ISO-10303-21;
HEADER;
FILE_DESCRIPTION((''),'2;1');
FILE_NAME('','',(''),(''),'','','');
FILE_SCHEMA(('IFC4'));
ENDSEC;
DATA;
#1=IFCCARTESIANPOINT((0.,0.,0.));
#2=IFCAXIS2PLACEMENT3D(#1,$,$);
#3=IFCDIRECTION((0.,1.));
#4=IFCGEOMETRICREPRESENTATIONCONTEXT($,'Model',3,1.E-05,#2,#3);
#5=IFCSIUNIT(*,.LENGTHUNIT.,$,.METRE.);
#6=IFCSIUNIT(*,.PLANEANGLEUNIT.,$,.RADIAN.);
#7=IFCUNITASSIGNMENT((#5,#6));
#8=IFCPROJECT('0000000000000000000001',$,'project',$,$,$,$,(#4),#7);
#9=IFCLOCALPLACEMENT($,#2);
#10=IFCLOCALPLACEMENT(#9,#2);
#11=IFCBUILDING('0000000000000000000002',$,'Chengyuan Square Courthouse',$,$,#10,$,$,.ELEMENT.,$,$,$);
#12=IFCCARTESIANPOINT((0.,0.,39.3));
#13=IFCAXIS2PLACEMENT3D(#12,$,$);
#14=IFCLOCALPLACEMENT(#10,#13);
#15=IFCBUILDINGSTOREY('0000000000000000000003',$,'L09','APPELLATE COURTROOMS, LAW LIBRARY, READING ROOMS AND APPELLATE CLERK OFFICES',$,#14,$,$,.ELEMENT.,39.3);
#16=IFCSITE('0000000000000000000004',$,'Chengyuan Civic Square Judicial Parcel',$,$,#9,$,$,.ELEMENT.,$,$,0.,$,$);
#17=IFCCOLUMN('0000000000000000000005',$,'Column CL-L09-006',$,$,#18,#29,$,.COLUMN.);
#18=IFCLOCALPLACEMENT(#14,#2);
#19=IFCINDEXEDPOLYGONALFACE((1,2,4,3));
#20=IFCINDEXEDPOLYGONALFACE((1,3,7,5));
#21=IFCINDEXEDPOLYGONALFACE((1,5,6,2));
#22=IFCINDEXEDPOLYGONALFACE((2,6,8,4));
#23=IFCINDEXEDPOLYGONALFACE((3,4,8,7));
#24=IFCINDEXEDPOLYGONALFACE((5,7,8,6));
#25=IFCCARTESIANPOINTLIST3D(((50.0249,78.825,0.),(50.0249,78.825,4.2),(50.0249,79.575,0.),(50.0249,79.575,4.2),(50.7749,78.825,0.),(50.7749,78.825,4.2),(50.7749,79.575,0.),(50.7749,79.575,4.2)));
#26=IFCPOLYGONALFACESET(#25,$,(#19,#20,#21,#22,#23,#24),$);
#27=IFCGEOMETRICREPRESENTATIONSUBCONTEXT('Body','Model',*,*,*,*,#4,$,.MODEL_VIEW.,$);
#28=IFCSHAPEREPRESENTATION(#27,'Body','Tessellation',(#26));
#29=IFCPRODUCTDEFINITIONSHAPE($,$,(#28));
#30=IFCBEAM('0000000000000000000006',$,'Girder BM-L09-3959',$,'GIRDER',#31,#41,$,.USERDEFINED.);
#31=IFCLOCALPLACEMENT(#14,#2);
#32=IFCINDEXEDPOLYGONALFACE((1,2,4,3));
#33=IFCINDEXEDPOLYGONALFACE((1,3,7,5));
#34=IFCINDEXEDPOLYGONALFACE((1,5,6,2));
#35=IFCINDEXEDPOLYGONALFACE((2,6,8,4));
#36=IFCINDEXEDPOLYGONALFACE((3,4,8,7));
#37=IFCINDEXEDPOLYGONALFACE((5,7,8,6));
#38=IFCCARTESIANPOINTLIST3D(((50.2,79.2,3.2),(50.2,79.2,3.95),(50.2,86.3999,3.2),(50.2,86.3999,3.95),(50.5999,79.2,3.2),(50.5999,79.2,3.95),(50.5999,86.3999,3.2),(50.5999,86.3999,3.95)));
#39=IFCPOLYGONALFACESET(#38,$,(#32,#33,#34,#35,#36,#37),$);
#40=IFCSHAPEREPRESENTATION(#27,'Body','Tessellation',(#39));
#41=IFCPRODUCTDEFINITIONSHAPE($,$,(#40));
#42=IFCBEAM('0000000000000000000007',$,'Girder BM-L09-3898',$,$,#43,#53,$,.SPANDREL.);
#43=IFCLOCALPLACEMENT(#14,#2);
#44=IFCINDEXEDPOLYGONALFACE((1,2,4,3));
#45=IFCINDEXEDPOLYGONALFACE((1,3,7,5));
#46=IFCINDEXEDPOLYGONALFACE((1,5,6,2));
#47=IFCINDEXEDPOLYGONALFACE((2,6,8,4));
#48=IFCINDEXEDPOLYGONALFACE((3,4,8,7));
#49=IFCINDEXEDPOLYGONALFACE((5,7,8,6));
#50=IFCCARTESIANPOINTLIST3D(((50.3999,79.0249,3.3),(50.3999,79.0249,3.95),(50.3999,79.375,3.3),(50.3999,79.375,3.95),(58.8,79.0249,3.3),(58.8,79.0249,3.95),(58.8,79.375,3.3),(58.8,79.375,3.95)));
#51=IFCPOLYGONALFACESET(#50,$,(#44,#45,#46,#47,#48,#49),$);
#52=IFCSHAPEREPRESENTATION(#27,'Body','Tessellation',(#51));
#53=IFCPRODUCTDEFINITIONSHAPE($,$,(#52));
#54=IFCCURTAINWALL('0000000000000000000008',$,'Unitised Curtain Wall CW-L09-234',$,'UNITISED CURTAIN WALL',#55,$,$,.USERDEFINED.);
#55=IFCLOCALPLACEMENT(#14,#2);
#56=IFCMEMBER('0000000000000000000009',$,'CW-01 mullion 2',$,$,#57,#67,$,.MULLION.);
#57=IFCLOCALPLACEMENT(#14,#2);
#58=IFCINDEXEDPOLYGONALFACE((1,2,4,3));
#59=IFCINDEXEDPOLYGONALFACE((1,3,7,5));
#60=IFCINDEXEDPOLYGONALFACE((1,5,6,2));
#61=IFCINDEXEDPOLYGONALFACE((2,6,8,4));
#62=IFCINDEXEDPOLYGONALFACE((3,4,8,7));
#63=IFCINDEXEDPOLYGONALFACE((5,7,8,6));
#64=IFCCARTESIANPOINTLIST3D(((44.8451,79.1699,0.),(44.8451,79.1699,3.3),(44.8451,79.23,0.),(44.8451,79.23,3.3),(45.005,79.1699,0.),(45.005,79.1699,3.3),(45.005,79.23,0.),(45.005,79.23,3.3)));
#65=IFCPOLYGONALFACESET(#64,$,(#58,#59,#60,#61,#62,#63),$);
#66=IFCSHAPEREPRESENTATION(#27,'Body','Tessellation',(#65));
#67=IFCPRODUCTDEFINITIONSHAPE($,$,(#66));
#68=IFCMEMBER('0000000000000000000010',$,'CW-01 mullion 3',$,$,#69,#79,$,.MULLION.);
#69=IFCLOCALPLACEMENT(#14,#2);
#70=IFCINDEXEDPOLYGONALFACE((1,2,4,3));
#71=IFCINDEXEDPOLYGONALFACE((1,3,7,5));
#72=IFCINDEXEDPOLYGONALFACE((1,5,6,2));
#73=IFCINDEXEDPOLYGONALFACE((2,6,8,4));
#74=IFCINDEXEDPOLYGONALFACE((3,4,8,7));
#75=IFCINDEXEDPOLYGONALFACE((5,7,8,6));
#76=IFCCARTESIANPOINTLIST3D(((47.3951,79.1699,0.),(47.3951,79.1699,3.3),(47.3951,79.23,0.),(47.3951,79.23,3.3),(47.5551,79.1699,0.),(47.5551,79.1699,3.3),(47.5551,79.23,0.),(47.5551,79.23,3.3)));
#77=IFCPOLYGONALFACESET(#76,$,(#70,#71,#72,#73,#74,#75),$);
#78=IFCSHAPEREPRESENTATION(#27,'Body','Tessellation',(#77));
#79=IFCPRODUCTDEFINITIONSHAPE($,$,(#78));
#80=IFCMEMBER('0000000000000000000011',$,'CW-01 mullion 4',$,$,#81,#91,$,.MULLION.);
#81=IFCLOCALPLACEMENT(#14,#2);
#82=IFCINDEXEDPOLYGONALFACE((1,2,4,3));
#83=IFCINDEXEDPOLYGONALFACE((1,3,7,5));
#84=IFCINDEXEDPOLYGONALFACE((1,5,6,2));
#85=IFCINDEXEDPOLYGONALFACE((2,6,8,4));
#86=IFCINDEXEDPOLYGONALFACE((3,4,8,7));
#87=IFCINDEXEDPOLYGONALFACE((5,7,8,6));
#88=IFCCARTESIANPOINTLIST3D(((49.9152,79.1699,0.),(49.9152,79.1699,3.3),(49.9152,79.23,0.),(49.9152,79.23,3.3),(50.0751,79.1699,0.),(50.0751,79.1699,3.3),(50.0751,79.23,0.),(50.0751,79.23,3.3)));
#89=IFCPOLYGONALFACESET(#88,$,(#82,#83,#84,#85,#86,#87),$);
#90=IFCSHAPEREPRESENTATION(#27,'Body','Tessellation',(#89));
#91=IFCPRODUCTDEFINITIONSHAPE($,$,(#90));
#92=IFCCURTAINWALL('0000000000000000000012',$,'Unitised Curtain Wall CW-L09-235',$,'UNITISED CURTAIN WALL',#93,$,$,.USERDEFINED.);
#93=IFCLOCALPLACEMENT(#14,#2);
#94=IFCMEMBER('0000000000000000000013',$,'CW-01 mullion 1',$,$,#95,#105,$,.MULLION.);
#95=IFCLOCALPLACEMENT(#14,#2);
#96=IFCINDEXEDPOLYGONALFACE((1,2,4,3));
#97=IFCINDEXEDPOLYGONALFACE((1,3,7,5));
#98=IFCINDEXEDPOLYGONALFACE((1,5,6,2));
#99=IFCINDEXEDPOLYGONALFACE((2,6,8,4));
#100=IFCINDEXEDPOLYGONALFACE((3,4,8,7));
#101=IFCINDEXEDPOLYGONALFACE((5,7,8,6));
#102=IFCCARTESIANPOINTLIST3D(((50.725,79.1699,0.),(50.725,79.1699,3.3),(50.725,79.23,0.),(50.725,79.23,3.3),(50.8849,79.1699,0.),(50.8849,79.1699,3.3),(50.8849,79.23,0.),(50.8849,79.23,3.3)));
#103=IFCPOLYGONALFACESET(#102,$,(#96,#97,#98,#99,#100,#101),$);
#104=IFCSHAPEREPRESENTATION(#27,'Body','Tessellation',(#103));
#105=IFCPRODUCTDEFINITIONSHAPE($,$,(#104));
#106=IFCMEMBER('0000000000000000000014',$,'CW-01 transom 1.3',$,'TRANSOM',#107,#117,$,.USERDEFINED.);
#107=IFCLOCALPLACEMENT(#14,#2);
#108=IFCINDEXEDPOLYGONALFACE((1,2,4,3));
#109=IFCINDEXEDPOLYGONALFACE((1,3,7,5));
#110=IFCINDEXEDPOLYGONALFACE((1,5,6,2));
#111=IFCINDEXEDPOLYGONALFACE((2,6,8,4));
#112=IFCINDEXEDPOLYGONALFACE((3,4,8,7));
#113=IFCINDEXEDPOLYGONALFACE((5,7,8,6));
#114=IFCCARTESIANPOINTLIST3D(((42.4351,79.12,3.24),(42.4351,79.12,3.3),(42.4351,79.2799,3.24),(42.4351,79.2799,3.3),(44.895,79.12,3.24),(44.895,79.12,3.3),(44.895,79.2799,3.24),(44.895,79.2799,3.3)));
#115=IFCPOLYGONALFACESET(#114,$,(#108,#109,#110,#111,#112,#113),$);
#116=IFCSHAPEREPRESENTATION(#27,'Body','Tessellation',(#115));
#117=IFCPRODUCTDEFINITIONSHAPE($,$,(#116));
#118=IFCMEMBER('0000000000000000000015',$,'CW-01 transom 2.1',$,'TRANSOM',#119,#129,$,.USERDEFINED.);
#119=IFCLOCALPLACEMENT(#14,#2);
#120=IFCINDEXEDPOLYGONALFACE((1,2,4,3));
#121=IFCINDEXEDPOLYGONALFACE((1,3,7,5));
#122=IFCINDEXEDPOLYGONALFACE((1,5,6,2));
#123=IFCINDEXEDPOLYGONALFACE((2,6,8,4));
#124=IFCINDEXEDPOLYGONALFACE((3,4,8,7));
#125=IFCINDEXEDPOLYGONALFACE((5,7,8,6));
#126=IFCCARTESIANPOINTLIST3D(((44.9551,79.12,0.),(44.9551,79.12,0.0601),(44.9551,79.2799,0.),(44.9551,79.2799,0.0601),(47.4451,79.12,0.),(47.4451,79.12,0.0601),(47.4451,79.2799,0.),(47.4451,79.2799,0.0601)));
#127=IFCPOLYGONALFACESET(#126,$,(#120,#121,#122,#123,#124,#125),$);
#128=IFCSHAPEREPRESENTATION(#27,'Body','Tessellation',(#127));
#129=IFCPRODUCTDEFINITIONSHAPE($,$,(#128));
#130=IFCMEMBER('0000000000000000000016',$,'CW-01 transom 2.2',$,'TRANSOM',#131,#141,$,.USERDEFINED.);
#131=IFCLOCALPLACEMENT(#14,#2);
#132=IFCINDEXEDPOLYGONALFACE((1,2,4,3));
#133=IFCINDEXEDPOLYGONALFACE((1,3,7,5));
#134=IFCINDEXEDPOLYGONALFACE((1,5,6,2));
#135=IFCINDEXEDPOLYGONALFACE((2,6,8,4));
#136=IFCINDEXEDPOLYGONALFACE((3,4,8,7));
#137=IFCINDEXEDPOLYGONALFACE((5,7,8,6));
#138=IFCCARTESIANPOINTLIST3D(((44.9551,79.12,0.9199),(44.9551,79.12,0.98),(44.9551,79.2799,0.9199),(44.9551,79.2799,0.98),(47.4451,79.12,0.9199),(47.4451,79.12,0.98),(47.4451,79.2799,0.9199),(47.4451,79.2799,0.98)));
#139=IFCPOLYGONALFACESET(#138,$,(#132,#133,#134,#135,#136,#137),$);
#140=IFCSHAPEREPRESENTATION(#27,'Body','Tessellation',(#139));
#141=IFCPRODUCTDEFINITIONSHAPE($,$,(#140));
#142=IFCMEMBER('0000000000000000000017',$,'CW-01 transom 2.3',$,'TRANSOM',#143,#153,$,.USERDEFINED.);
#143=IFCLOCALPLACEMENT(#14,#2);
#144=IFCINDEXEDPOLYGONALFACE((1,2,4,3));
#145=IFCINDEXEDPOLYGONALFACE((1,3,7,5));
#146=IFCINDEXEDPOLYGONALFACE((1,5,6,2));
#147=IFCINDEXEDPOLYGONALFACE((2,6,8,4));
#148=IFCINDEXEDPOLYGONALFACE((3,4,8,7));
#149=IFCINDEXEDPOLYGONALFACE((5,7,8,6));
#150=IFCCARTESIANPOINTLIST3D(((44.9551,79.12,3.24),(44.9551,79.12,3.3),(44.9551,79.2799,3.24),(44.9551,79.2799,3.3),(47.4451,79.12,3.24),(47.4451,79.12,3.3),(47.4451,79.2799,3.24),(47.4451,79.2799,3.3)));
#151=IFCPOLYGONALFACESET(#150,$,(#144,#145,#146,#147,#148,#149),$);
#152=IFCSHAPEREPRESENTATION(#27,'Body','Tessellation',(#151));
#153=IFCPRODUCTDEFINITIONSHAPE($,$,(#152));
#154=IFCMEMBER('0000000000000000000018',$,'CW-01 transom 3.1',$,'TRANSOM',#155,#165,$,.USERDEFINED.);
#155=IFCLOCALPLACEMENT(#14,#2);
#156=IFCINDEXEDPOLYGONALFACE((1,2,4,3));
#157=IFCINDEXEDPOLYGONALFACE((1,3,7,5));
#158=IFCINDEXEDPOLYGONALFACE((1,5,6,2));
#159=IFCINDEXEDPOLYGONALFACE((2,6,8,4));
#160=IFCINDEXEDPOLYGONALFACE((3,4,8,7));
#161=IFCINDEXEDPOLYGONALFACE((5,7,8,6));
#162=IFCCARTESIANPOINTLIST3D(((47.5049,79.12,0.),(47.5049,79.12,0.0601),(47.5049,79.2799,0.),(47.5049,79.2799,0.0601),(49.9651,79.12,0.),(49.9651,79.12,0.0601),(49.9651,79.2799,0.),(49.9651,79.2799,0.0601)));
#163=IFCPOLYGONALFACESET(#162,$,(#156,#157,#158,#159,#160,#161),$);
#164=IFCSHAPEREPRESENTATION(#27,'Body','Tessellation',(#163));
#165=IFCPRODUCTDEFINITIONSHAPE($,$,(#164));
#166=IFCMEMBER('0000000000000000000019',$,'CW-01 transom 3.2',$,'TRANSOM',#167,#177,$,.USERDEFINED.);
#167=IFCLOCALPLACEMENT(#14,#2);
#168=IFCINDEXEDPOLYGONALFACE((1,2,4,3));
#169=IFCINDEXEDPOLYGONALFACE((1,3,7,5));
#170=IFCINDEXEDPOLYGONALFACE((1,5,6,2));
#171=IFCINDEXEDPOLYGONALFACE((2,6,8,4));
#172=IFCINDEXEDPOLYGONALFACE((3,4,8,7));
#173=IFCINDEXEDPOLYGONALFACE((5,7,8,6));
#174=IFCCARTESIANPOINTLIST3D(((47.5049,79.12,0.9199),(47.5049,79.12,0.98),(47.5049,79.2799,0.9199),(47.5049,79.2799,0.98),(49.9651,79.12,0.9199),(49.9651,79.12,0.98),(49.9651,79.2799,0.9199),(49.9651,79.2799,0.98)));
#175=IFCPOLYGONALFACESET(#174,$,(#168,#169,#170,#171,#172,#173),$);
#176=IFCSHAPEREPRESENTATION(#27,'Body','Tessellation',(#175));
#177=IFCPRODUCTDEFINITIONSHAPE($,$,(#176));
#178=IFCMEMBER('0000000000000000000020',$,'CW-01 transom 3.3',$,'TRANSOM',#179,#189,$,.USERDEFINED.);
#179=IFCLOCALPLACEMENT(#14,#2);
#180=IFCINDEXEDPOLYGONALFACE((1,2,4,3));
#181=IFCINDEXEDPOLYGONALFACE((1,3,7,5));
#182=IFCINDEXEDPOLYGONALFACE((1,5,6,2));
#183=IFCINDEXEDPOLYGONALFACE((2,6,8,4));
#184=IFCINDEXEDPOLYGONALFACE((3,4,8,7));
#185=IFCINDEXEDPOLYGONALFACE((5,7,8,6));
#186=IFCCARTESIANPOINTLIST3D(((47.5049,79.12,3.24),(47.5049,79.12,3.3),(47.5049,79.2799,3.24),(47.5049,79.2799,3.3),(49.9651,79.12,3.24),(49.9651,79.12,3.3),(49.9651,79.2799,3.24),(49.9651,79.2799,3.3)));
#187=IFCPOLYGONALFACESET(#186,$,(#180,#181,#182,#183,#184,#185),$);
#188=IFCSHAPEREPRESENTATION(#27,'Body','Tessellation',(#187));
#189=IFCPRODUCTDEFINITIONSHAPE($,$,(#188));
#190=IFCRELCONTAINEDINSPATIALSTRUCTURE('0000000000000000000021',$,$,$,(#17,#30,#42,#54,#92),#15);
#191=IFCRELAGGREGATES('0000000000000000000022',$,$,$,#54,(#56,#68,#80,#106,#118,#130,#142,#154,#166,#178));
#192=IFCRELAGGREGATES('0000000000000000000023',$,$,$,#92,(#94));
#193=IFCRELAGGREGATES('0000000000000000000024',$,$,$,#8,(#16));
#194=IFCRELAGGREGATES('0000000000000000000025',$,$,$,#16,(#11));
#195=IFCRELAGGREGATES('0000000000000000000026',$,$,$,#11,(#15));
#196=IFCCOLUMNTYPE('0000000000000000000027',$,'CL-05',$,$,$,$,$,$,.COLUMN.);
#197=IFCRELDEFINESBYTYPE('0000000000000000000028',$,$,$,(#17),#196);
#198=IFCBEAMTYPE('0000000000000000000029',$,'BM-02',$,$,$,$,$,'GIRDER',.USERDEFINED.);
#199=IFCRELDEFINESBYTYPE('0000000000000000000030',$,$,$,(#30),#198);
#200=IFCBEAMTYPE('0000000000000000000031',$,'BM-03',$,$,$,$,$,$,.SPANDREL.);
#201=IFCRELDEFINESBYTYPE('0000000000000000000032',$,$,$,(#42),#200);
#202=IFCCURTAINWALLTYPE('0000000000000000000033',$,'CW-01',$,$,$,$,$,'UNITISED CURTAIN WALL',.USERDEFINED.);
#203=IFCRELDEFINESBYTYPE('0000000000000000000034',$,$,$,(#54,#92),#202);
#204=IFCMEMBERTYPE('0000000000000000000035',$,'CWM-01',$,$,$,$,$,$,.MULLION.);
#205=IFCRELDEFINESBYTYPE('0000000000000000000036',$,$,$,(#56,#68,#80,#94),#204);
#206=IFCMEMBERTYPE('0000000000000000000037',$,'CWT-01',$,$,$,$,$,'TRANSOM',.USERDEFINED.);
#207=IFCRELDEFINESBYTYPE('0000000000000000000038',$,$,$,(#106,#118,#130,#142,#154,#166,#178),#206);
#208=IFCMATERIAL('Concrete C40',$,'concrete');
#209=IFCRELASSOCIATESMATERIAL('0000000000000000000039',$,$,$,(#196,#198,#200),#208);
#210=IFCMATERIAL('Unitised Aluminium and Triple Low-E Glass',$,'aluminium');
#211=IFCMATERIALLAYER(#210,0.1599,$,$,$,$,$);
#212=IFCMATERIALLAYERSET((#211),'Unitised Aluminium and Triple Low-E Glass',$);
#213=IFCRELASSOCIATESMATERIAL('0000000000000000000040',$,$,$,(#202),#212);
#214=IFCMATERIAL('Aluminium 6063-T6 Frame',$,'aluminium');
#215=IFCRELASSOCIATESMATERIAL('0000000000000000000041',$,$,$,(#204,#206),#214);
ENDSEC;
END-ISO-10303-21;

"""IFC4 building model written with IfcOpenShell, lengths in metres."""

from ifc_helpers import new_model, si_unit, direction, frame, origin, origin_2d, place, context, subcontext, project, spatial, rectangle, extrude, material, layer, layer_set, material_profile, profile_set, type_object, element, aggregate, save


model = new_model("IFC4")

# Units and contexts
model_context = context("Model", 3, precision=1e-05, world=origin(), true_north=direction((0.0, 1.0)))
body_context = subcontext(model_context, "Body", "Model", "MODEL_VIEW")
ifc_project = project(units=[si_unit("LENGTHUNIT", "METRE"), si_unit("PLANEANGLEUNIT", "RADIAN")], contexts=[model_context])

# Site, building, storey
site_placement = place(None, origin())
site = spatial("IfcSite", under=ifc_project, at=site_placement, Name="Chengyuan Civic Square Judicial Parcel", CompositionType="ELEMENT", RefElevation=0.0)
building_placement = place(site_placement, origin())
building = spatial("IfcBuilding", under=site, at=building_placement, Name="Chengyuan Square Courthouse", CompositionType="ELEMENT")
storey_placement = place(building_placement, frame((0.0, 0.0, 39.3)))
storey = spatial("IfcBuildingStorey", under=building, at=storey_placement, Name="L09", Description="APPELLATE COURTROOMS, LAW LIBRARY, READING ROOMS AND APPELLATE CLERK OFFICES", CompositionType="ELEMENT", Elevation=39.3)

# Column
ifc_material_1 = material(Name="Concrete C40", Category="concrete")
ifc_material_profile_1 = material_profile(ifc_material_1, rectangle(XDim=0.75, YDim=0.75, at=origin_2d()), Name="RC-COL-750x750")
ifc_profile_set_1 = profile_set([ifc_material_profile_1], Name="Concrete C40")
column_type = type_object("IfcColumnType", Name="CL-05", PredefinedType="COLUMN", material=ifc_profile_set_1)
column_placement = place(storey_placement, frame((50.3999, 79.2, 0.0), z_axis=(0.0, 0.0, 1.0), x_axis=(1.0, 0.0, 0.0)))
element("IfcColumn", 1, at=column_placement, inside=storey, type_object=column_type, Name="Column CL-L09-006", PredefinedType="COLUMN", context=body_context, shape_type="SweptSolid", body=[
    extrude(rectangle(XDim=0.75, YDim=0.75, at=origin_2d()), origin(), (0.0, 0.0, 1.0), 4.2),
])

# Beams
ifc_material_profile_2 = material_profile(ifc_material_1, rectangle(XDim=0.3999, YDim=0.75, at=origin_2d()), Name="RC-BM-400x750")
ifc_profile_set_2 = profile_set([ifc_material_profile_2], Name="Concrete C40")
beam_type_1 = type_object("IfcBeamType", Name="BM-02", ElementType="GIRDER", PredefinedType="USERDEFINED", material=ifc_profile_set_2)
beam_1_placement = place(storey_placement, frame((50.3999, 79.2, 3.575), z_axis=(0.0, 1.0, 0.0), x_axis=(-1.0, 0.0, 0.0)))
element("IfcBeam", 2, at=beam_1_placement, inside=storey, type_object=beam_type_1, Name="Girder BM-L09-3959", ObjectType="GIRDER", PredefinedType="USERDEFINED", context=body_context, shape_type="SweptSolid", body=[
    extrude(rectangle(XDim=0.3999, YDim=0.75, at=origin_2d()), origin(), (0.0, 0.0, 1.0), 7.2),
])
ifc_material_profile_3 = material_profile(ifc_material_1, rectangle(XDim=0.3501, YDim=0.6499, at=origin_2d()), Name="RC-BM-350x650")
ifc_profile_set_3 = profile_set([ifc_material_profile_3], Name="Concrete C40")
beam_type_2 = type_object("IfcBeamType", Name="BM-03", PredefinedType="SPANDREL", material=ifc_profile_set_3)
beam_2_placement = place(storey_placement, frame((50.3999, 79.2, 3.625), z_axis=(1.0, 0.0, 0.0), x_axis=(0.0, 1.0, 0.0)))
element("IfcBeam", 3, at=beam_2_placement, inside=storey, type_object=beam_type_2, Name="Girder BM-L09-3898", PredefinedType="SPANDREL", context=body_context, shape_type="SweptSolid", body=[
    extrude(rectangle(XDim=0.3501, YDim=0.6499, at=origin_2d()), origin(), (0.0, 0.0, 1.0), 8.4001),
])

# Curtain wall, members
ifc_material_2 = material(Name="Unitised Aluminium and Triple Low-E Glass", Category="aluminium")
ifc_layer_1 = layer(ifc_material_2, 0.1599)
ifc_layer_set_1 = layer_set([ifc_layer_1], Name="Unitised Aluminium and Triple Low-E Glass")
curtain_wall_type = type_object("IfcCurtainWallType", Name="CW-01", ElementType="UNITISED CURTAIN WALL", PredefinedType="USERDEFINED", material=ifc_layer_set_1)
curtain_wall_1_placement = place(storey_placement, origin())
curtain_wall_1 = element("IfcCurtainWall", 4, at=curtain_wall_1_placement, inside=storey, type_object=curtain_wall_type, Name="Unitised Curtain Wall CW-L09-234", ObjectType="UNITISED CURTAIN WALL", PredefinedType="USERDEFINED")
ifc_material_3 = material(Name="Aluminium 6063-T6 Frame", Category="aluminium")
ifc_material_profile_4 = material_profile(ifc_material_3, rectangle(XDim=0.0601, YDim=0.1599, at=origin_2d()), Name="CW-MUL-60x160")
ifc_profile_set_4 = profile_set([ifc_material_profile_4], Name="Aluminium 6063-T6 Frame")
member_type_1 = type_object("IfcMemberType", Name="CWM-01", PredefinedType="MULLION", material=ifc_profile_set_4)
member_1_placement = place(storey_placement, frame((44.925, 79.2, 0.0), z_axis=(0.0, 0.0, 1.0), x_axis=(0.0, 1.0, 0.0)))
member_1 = element("IfcMember", 5, at=member_1_placement, type_object=member_type_1, Name="CW-01 mullion 2", PredefinedType="MULLION", context=body_context, shape_type="SweptSolid", body=[
    extrude(rectangle(XDim=0.0601, YDim=0.1599, at=origin_2d()), origin(), (0.0, 0.0, 1.0), 3.3),
])
member_2_placement = place(storey_placement, frame((47.4751, 79.2, 0.0), z_axis=(0.0, 0.0, 1.0), x_axis=(0.0, 1.0, 0.0)))
member_2 = element("IfcMember", 6, at=member_2_placement, type_object=member_type_1, Name="CW-01 mullion 3", PredefinedType="MULLION", context=body_context, shape_type="SweptSolid", body=[
    extrude(rectangle(XDim=0.0601, YDim=0.1599, at=origin_2d()), origin(), (0.0, 0.0, 1.0), 3.3),
])
member_3_placement = place(storey_placement, frame((49.9951, 79.2, 0.0), z_axis=(0.0, 0.0, 1.0), x_axis=(0.0, 1.0, 0.0)))
member_3 = element("IfcMember", 7, at=member_3_placement, type_object=member_type_1, Name="CW-01 mullion 4", PredefinedType="MULLION", context=body_context, shape_type="SweptSolid", body=[
    extrude(rectangle(XDim=0.0601, YDim=0.1599, at=origin_2d()), origin(), (0.0, 0.0, 1.0), 3.3),
])

# Curtain wall, member
curtain_wall_2_placement = place(storey_placement, origin())
curtain_wall_2 = element("IfcCurtainWall", 8, at=curtain_wall_2_placement, inside=storey, type_object=curtain_wall_type, Name="Unitised Curtain Wall CW-L09-235", ObjectType="UNITISED CURTAIN WALL", PredefinedType="USERDEFINED")
member_4_placement = place(storey_placement, frame((50.8049, 79.2, 0.0), z_axis=(0.0, 0.0, 1.0), x_axis=(0.0, 1.0, 0.0)))
member_4 = element("IfcMember", 9, at=member_4_placement, type_object=member_type_1, Name="CW-01 mullion 1", PredefinedType="MULLION", context=body_context, shape_type="SweptSolid", body=[
    extrude(rectangle(XDim=0.0601, YDim=0.1599, at=origin_2d()), origin(), (0.0, 0.0, 1.0), 3.3),
])

# Members
ifc_material_profile_5 = material_profile(ifc_material_3, rectangle(XDim=0.1599, YDim=0.0601, at=origin_2d()), Name="CW-TRN-60x120")
ifc_profile_set_5 = profile_set([ifc_material_profile_5], Name="Aluminium 6063-T6 Frame")
member_type_2 = type_object("IfcMemberType", Name="CWT-01", ElementType="TRANSOM", PredefinedType="USERDEFINED", material=ifc_profile_set_5)
member_5_placement = place(storey_placement, frame((42.4351, 79.2, 3.27), z_axis=(1.0, 0.0, 0.0), x_axis=(0.0, 1.0, 0.0)))
member_5 = element("IfcMember", 10, at=member_5_placement, type_object=member_type_2, Name="CW-01 transom 1.3", ObjectType="TRANSOM", PredefinedType="USERDEFINED", context=body_context, shape_type="SweptSolid", body=[
    extrude(rectangle(XDim=0.1599, YDim=0.0601, at=origin_2d()), origin(), (0.0, 0.0, 1.0), 2.46),
])
member_6_placement = place(storey_placement, frame((44.9551, 79.2, 0.03), z_axis=(1.0, 0.0, 0.0), x_axis=(0.0, 1.0, 0.0)))
member_6 = element("IfcMember", 11, at=member_6_placement, type_object=member_type_2, Name="CW-01 transom 2.1", ObjectType="TRANSOM", PredefinedType="USERDEFINED", context=body_context, shape_type="SweptSolid", body=[
    extrude(rectangle(XDim=0.1599, YDim=0.0601, at=origin_2d()), origin(), (0.0, 0.0, 1.0), 2.49),
])
member_7_placement = place(storey_placement, frame((44.9551, 79.2, 0.95), z_axis=(1.0, 0.0, 0.0), x_axis=(0.0, 1.0, 0.0)))
member_7 = element("IfcMember", 12, at=member_7_placement, type_object=member_type_2, Name="CW-01 transom 2.2", ObjectType="TRANSOM", PredefinedType="USERDEFINED", context=body_context, shape_type="SweptSolid", body=[
    extrude(rectangle(XDim=0.1599, YDim=0.0601, at=origin_2d()), origin(), (0.0, 0.0, 1.0), 2.49),
])
member_8_placement = place(storey_placement, frame((44.9551, 79.2, 3.27), z_axis=(1.0, 0.0, 0.0), x_axis=(0.0, 1.0, 0.0)))
member_8 = element("IfcMember", 13, at=member_8_placement, type_object=member_type_2, Name="CW-01 transom 2.3", ObjectType="TRANSOM", PredefinedType="USERDEFINED", context=body_context, shape_type="SweptSolid", body=[
    extrude(rectangle(XDim=0.1599, YDim=0.0601, at=origin_2d()), origin(), (0.0, 0.0, 1.0), 2.49),
])
member_9_placement = place(storey_placement, frame((47.5049, 79.2, 0.03), z_axis=(1.0, 0.0, 0.0), x_axis=(0.0, 1.0, 0.0)))
member_9 = element("IfcMember", 14, at=member_9_placement, type_object=member_type_2, Name="CW-01 transom 3.1", ObjectType="TRANSOM", PredefinedType="USERDEFINED", context=body_context, shape_type="SweptSolid", body=[
    extrude(rectangle(XDim=0.1599, YDim=0.0601, at=origin_2d()), origin(), (0.0, 0.0, 1.0), 2.4602),
])
member_10_placement = place(storey_placement, frame((47.5049, 79.2, 0.95), z_axis=(1.0, 0.0, 0.0), x_axis=(0.0, 1.0, 0.0)))
member_10 = element("IfcMember", 15, at=member_10_placement, type_object=member_type_2, Name="CW-01 transom 3.2", ObjectType="TRANSOM", PredefinedType="USERDEFINED", context=body_context, shape_type="SweptSolid", body=[
    extrude(rectangle(XDim=0.1599, YDim=0.0601, at=origin_2d()), origin(), (0.0, 0.0, 1.0), 2.4602),
])
member_11_placement = place(storey_placement, frame((47.5049, 79.2, 3.27), z_axis=(1.0, 0.0, 0.0), x_axis=(0.0, 1.0, 0.0)))
member_11 = element("IfcMember", 16, at=member_11_placement, type_object=member_type_2, Name="CW-01 transom 3.3", ObjectType="TRANSOM", PredefinedType="USERDEFINED", context=body_context, shape_type="SweptSolid", body=[
    extrude(rectangle(XDim=0.1599, YDim=0.0601, at=origin_2d()), origin(), (0.0, 0.0, 1.0), 2.4602),
])

aggregate(curtain_wall_1, [member_1, member_2, member_3, member_5, member_6, member_7, member_8, member_9, member_10, member_11])
aggregate(curtain_wall_2, [member_4])

save(model, "model.ifc")
